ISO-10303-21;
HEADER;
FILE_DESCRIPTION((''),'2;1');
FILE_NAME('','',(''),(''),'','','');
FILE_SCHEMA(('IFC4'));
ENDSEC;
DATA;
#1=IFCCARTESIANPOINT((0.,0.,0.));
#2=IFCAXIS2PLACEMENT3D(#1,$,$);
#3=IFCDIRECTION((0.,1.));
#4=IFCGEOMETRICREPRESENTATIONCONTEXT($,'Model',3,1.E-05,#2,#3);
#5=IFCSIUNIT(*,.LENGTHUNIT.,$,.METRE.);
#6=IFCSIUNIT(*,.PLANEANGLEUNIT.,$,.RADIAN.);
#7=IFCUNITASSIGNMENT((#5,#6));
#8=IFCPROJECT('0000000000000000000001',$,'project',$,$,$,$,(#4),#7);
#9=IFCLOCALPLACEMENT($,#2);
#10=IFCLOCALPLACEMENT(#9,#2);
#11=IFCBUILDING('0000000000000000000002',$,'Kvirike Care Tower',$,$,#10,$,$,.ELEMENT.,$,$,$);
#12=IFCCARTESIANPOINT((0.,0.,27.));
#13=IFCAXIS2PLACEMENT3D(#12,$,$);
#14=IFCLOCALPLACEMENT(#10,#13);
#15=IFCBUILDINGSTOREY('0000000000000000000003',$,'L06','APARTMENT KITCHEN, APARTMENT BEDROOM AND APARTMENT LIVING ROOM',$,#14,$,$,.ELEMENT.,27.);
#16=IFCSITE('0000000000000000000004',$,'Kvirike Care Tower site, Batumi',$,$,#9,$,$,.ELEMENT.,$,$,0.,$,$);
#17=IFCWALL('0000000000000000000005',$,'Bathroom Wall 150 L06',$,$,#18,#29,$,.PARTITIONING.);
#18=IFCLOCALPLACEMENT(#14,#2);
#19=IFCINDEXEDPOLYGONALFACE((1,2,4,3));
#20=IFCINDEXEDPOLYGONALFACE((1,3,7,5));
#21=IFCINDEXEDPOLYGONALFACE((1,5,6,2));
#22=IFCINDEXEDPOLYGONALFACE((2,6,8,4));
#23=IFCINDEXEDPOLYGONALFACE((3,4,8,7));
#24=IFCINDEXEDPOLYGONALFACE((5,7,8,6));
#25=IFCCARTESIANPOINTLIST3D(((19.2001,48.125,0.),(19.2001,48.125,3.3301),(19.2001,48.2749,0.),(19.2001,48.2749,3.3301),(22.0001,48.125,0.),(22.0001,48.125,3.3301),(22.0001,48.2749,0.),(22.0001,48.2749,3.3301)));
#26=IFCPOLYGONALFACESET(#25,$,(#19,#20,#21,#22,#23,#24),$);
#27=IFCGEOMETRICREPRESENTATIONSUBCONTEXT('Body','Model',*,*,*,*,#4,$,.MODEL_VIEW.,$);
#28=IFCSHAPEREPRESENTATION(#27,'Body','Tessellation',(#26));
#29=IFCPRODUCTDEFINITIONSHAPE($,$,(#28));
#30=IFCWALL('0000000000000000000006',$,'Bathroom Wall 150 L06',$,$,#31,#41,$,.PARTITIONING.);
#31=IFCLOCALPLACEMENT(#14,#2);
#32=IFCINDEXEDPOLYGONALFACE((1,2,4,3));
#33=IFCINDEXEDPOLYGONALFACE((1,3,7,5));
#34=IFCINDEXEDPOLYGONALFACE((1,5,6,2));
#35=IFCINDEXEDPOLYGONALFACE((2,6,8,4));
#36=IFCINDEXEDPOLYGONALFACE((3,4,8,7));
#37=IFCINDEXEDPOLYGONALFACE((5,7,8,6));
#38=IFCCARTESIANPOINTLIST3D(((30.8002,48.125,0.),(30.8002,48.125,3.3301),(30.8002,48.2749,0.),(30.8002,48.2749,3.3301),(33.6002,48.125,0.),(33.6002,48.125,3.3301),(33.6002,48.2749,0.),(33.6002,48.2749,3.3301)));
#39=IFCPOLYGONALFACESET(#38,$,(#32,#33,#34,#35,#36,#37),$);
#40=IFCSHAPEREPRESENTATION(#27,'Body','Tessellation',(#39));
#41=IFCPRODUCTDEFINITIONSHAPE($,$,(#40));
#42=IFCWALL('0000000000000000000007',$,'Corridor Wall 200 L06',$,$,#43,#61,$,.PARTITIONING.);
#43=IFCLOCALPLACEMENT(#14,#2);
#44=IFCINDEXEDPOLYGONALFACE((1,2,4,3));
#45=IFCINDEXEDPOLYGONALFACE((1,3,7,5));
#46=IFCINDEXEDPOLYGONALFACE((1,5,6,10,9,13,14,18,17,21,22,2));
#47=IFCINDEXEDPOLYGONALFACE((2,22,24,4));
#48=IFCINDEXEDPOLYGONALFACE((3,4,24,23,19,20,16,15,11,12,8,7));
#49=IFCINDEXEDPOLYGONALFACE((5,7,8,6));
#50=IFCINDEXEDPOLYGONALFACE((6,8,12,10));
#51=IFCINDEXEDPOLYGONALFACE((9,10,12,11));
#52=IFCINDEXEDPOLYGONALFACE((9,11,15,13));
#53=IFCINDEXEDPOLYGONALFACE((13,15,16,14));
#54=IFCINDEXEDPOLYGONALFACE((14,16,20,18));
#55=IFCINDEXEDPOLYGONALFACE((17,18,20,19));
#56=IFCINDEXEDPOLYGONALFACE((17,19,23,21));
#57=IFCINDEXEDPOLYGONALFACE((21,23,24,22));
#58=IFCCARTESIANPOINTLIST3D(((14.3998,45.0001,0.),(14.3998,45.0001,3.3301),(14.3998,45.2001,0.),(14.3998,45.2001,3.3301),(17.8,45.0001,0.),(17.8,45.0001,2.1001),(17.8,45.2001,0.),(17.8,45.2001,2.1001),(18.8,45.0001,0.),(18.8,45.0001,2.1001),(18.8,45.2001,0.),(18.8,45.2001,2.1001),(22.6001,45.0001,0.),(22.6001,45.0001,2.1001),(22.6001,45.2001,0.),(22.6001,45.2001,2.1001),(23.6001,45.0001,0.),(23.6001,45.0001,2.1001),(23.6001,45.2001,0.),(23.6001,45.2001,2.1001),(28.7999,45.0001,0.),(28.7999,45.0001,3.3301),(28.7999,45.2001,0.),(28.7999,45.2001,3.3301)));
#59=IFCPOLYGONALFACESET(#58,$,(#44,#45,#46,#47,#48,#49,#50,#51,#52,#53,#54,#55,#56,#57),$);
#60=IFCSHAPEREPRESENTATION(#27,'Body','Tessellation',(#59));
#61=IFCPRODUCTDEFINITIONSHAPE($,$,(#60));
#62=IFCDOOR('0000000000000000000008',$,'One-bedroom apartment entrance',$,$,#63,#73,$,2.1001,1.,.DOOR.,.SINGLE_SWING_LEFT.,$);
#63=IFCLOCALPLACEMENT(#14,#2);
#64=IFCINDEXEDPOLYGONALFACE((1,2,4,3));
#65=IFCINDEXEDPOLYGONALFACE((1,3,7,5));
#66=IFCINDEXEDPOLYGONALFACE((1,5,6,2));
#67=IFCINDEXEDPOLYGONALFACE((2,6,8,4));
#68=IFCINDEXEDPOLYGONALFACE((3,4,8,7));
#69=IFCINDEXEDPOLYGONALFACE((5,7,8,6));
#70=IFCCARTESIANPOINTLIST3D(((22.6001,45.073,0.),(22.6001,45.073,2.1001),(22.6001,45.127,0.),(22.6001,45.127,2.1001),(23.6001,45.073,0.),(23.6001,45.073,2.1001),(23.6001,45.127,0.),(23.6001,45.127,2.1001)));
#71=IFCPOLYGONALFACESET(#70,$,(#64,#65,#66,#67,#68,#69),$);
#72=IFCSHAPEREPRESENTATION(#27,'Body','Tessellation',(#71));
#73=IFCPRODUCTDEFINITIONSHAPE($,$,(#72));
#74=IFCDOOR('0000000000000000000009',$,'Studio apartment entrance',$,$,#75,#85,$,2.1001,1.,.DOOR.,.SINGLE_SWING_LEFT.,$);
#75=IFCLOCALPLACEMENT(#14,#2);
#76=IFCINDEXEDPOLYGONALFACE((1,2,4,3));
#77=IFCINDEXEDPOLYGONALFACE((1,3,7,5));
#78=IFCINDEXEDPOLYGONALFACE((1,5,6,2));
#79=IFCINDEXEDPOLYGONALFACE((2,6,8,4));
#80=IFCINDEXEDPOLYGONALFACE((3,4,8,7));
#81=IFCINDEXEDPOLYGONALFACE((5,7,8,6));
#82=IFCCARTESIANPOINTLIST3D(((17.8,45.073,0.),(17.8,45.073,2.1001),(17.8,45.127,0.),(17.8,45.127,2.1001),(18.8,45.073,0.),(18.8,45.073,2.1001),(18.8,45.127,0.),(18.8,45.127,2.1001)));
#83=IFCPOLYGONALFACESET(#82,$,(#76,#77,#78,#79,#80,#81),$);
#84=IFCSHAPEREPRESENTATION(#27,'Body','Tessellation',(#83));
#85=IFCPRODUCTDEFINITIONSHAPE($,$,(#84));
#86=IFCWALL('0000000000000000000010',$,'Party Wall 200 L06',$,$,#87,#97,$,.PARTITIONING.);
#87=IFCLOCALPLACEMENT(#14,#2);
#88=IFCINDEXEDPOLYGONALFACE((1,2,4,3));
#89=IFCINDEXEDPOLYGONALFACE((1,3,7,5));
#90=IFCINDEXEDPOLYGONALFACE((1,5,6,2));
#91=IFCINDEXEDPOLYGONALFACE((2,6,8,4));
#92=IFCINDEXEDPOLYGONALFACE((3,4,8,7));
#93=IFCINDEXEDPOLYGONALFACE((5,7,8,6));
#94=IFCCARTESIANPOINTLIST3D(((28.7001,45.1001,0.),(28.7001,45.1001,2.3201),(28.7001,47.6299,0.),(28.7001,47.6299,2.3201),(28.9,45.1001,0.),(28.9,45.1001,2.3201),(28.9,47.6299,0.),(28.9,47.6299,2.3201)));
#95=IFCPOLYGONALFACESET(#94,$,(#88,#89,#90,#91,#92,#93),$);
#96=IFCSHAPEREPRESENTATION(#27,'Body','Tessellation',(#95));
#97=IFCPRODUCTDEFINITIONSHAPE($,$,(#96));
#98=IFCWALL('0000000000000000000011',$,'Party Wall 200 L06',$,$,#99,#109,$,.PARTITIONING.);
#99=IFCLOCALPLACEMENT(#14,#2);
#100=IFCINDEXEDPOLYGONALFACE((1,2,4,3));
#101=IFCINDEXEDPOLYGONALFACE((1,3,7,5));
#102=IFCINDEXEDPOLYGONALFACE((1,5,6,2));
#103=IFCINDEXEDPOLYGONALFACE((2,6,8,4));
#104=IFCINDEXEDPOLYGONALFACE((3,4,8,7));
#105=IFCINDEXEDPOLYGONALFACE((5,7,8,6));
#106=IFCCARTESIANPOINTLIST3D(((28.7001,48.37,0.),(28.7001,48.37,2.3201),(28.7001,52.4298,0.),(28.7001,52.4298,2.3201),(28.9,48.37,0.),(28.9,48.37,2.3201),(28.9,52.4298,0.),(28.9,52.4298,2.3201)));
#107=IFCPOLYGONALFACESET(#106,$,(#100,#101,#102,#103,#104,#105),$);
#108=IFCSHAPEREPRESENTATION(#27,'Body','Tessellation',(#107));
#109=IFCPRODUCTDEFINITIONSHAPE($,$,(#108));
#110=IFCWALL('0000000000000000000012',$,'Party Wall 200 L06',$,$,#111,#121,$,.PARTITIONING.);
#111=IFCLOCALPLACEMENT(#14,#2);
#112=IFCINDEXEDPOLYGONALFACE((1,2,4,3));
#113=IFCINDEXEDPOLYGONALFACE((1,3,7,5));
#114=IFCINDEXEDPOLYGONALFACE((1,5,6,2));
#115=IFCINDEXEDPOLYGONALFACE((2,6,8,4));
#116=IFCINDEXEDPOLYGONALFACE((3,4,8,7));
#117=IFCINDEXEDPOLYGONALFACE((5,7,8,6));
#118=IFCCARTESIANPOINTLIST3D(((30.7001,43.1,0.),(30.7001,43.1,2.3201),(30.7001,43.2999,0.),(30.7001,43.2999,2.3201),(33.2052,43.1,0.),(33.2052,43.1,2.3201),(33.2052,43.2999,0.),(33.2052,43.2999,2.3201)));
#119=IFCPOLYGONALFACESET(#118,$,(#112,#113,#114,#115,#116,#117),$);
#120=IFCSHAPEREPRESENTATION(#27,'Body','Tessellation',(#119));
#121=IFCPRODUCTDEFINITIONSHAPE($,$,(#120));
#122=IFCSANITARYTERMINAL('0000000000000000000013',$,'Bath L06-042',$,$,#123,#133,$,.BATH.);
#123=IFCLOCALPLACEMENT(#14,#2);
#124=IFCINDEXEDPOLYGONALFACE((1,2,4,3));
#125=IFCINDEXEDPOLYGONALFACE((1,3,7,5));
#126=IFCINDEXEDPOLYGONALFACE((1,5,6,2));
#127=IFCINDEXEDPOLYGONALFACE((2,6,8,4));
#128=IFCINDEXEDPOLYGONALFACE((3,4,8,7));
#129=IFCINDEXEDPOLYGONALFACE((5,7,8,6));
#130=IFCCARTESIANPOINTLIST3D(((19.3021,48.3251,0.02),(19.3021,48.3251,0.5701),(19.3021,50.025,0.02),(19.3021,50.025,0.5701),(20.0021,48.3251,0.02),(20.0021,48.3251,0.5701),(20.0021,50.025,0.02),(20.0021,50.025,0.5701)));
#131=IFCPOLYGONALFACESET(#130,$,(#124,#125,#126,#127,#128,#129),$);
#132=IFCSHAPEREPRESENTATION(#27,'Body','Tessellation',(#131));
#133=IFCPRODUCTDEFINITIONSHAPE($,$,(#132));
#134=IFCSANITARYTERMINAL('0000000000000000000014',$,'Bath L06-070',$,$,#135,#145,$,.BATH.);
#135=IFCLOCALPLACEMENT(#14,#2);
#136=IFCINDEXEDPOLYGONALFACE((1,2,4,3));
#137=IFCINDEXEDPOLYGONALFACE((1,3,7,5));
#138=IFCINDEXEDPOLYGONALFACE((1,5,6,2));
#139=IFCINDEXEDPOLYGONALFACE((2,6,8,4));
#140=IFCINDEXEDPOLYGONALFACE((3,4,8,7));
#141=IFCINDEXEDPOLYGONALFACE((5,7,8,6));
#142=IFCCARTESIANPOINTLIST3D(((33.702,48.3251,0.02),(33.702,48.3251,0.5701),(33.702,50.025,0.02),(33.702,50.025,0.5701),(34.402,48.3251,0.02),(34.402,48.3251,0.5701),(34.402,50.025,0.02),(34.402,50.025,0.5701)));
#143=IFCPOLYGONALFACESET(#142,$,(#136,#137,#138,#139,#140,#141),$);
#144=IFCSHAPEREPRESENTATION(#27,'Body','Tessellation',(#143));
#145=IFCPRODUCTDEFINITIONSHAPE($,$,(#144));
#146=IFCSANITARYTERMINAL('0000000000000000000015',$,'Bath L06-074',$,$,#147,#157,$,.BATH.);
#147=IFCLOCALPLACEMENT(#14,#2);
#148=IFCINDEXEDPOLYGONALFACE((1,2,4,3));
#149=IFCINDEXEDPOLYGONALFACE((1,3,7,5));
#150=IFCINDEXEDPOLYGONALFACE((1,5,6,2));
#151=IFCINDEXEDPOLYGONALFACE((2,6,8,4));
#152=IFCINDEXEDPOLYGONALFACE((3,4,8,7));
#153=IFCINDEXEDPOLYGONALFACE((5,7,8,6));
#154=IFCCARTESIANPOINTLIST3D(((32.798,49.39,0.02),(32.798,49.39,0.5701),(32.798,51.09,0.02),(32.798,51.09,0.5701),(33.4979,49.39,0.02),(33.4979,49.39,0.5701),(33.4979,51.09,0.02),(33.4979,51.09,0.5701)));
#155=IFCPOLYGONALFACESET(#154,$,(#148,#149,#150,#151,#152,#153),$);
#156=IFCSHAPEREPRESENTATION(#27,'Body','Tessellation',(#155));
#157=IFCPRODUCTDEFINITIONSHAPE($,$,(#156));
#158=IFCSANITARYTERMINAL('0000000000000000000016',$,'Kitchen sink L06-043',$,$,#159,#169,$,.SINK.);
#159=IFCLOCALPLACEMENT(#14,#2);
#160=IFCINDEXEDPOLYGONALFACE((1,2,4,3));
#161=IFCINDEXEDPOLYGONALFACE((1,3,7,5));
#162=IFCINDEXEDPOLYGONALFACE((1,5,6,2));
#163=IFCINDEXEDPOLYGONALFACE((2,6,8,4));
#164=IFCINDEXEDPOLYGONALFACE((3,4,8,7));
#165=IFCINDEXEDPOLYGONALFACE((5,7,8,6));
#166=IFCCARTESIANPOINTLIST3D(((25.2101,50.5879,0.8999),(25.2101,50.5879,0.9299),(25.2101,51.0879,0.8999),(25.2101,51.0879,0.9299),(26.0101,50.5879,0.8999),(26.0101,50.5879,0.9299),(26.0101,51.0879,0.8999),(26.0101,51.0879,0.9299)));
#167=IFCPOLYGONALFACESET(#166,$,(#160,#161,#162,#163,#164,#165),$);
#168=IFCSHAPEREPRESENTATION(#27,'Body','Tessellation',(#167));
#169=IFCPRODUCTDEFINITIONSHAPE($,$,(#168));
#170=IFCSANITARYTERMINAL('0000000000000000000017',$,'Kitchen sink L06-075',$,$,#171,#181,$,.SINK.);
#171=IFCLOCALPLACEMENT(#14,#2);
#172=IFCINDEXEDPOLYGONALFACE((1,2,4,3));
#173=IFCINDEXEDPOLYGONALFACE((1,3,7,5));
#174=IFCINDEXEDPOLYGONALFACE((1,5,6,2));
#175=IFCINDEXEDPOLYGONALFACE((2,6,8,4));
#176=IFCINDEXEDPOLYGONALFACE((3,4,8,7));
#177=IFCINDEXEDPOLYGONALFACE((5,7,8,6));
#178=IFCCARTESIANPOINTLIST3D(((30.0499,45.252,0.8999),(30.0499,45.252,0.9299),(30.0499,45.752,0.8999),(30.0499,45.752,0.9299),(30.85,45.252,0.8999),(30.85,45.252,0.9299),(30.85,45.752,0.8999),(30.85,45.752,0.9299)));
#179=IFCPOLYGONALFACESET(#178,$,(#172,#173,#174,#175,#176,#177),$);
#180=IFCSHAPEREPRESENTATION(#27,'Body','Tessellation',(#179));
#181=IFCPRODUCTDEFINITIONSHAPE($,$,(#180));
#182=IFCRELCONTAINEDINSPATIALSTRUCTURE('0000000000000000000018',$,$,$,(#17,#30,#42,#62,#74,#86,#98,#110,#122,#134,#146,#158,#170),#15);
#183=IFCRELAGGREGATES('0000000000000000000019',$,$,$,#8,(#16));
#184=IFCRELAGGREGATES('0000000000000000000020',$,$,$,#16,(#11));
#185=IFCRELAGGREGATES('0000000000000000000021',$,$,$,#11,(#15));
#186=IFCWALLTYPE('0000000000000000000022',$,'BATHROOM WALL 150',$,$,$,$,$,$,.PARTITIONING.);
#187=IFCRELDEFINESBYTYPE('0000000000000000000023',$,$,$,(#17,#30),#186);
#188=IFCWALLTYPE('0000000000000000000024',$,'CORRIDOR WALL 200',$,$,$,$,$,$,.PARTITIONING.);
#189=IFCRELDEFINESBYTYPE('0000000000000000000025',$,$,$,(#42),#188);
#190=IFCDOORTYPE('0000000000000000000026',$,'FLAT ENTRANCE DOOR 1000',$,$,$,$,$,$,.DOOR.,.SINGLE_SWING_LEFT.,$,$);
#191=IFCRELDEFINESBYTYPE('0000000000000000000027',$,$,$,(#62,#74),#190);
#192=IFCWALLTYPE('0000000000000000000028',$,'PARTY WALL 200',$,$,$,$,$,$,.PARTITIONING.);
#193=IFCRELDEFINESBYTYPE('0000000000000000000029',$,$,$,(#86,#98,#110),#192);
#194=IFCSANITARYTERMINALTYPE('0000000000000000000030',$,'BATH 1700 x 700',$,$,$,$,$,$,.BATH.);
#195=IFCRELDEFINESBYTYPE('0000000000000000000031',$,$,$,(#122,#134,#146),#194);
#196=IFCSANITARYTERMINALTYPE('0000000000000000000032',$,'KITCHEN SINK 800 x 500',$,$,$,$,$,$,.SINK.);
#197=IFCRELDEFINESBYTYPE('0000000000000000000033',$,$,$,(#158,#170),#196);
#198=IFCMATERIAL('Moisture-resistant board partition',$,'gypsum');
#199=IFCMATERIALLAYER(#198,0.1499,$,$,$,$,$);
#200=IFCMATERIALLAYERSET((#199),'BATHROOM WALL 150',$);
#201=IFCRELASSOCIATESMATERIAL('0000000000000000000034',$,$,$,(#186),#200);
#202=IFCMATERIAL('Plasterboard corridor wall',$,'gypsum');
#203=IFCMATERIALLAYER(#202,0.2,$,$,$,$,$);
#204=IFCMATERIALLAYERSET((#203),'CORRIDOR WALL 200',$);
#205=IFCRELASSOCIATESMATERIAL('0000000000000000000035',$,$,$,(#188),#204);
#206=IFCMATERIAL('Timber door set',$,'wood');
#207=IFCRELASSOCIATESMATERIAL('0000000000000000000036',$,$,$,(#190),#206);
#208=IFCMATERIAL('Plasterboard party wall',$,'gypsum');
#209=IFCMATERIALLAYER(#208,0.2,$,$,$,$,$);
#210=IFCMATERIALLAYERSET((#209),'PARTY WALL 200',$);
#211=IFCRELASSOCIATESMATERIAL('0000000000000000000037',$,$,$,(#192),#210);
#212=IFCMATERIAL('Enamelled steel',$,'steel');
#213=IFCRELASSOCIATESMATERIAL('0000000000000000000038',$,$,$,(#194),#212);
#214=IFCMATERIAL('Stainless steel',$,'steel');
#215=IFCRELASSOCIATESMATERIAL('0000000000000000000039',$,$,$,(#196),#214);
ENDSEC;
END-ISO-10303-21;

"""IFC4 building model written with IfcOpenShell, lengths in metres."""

from ifc_helpers import new_model, si_unit, direction, frame, frame_2d, origin, origin_2d, place, context, subcontext, project, spatial, rectangle, extrude, material, layer, layer_set, type_object, element, fill, save


model = new_model("IFC4")

# Units and contexts
model_context = context("Model", 3, precision=1e-05, world=origin(), true_north=direction((0.0, 1.0)))
body_context = subcontext(model_context, "Body", "Model", "MODEL_VIEW")
ifc_project = project(units=[si_unit("LENGTHUNIT", "METRE"), si_unit("PLANEANGLEUNIT", "RADIAN")], contexts=[model_context])

# Site, building, storey
site_placement = place(None, origin())
site = spatial("IfcSite", under=ifc_project, at=site_placement, Name="Kvirike Care Tower site, Batumi", CompositionType="ELEMENT", RefElevation=0.0)
building_placement = place(site_placement, origin())
building = spatial("IfcBuilding", under=site, at=building_placement, Name="Kvirike Care Tower", CompositionType="ELEMENT")
storey_placement = place(building_placement, frame((0.0, 0.0, 27.0)))
storey = spatial("IfcBuildingStorey", under=building, at=storey_placement, Name="L06", Description="APARTMENT KITCHEN, APARTMENT BEDROOM AND APARTMENT LIVING ROOM", CompositionType="ELEMENT", Elevation=27.0)

# Walls
ifc_material_1 = material(Name="Moisture-resistant board partition", Category="gypsum")
ifc_layer_1 = layer(ifc_material_1, 0.1499)
ifc_layer_set_1 = layer_set([ifc_layer_1], Name="BATHROOM WALL 150")
wall_type_1 = type_object("IfcWallType", Name="BATHROOM WALL 150", PredefinedType="PARTITIONING", material=ifc_layer_set_1)
for number, where, z_axis, x_axis, name in (
    (1, (22.0, 48.2, 0.0), (0.0, 0.0, 1.0), (-1.0, 0.0, 0.0), "Bathroom Wall 150 L06"),
    (2, (33.6001, 48.2, 0.0), (0.0, 0.0, 1.0), (-1.0, 0.0, 0.0), "Bathroom Wall 150 L06"),
):
    element("IfcWall", number, at=place(storey_placement, frame(where, z_axis=z_axis, x_axis=x_axis)), inside=storey, type_object=wall_type_1, Name=name, PredefinedType="PARTITIONING", context=body_context, shape_type="SweptSolid", body=[
        extrude(rectangle(XDim=2.8, YDim=0.1499, at=frame_2d((1.3999, 0.0))), origin(), (0.0, 0.0, 1.0), 3.3301),
    ])

# Wall, openings, doors
ifc_material_2 = material(Name="Plasterboard corridor wall", Category="gypsum")
ifc_layer_2 = layer(ifc_material_2, 0.2)
ifc_layer_set_2 = layer_set([ifc_layer_2], Name="CORRIDOR WALL 200")
wall_type_2 = type_object("IfcWallType", Name="CORRIDOR WALL 200", PredefinedType="PARTITIONING", material=ifc_layer_set_2)
wall_1_placement = place(storey_placement, frame((28.8, 45.1001, 0.0), z_axis=(0.0, 0.0, 1.0), x_axis=(-1.0, 0.0, 0.0)))
wall_1 = element("IfcWall", 3, at=wall_1_placement, inside=storey, type_object=wall_type_2, Name="Corridor Wall 200 L06", PredefinedType="PARTITIONING", context=body_context, shape_type="SweptSolid", body=[
    extrude(rectangle(XDim=14.4001, YDim=0.2, at=frame_2d((7.2002, 0.0))), origin(), (0.0, 0.0, 1.0), 3.3301),
])
opening_1_placement = place(wall_1_placement, frame((5.2, 0.0, 0.0)))
opening_1 = element("IfcOpeningElement", 4, at=opening_1_placement, cuts=wall_1, PredefinedType="OPENING", context=body_context, shape_type="SweptSolid", body=[
    extrude(rectangle(XDim=1.0, YDim=2.1001, at=frame_2d((0.5, 1.05))), frame((0.0, 0.1106, 0.0), z_axis=(0.0, -1.0, 0.0), x_axis=(1.0, 0.0, 0.0)), (0.0, 0.0, 1.0), 0.2209),
])
opening_2_placement = place(wall_1_placement, frame((10.0, 0.0, 0.0)))
opening_2 = element("IfcOpeningElement", 5, at=opening_2_placement, cuts=wall_1, PredefinedType="OPENING", context=body_context, shape_type="SweptSolid", body=[
    extrude(rectangle(XDim=1.0, YDim=2.1001, at=frame_2d((0.5, 1.05))), frame((0.0, 0.1106, 0.0), z_axis=(0.0, -1.0, 0.0), x_axis=(1.0, 0.0, 0.0)), (0.0, 0.0, 1.0), 0.2209),
])
ifc_material_3 = material(Name="Timber door set", Category="wood")
door_type = type_object("IfcDoorType", Name="FLAT ENTRANCE DOOR 1000", OperationType="SINGLE_SWING_LEFT", PredefinedType="DOOR", material=ifc_material_3)
door_1_placement = place(opening_1_placement, frame((1.0, 0.0, 0.0), z_axis=(0.0, 0.0, 1.0), x_axis=(-1.0, 0.0, 0.0)))
door_1 = element("IfcDoor", 6, at=door_1_placement, inside=storey, type_object=door_type, Name="One-bedroom apartment entrance", OperationType="SINGLE_SWING_LEFT", OverallHeight=2.1001, OverallWidth=1.0, PredefinedType="DOOR", context=body_context, shape_type="SweptSolid", body=[
    extrude(rectangle(XDim=1.0, YDim=2.1001, at=frame_2d((0.5, 1.05))), frame((0.0, 0.0269, 0.0), z_axis=(0.0, -1.0, 0.0), x_axis=(1.0, 0.0, 0.0)), (0.0, 0.0, 1.0), 0.054),
])
fill(opening_1, door_1)
door_2_placement = place(opening_2_placement, frame((1.0, 0.0, 0.0), z_axis=(0.0, 0.0, 1.0), x_axis=(-1.0, 0.0, 0.0)))
door_2 = element("IfcDoor", 7, at=door_2_placement, inside=storey, type_object=door_type, Name="Studio apartment entrance", OperationType="SINGLE_SWING_LEFT", OverallHeight=2.1001, OverallWidth=1.0, PredefinedType="DOOR", context=body_context, shape_type="SweptSolid", body=[
    extrude(rectangle(XDim=1.0, YDim=2.1001, at=frame_2d((0.5, 1.05))), frame((0.0, 0.0269, 0.0), z_axis=(0.0, -1.0, 0.0), x_axis=(1.0, 0.0, 0.0)), (0.0, 0.0, 1.0), 0.054),
])
fill(opening_2, door_2)

# Walls
ifc_material_4 = material(Name="Plasterboard party wall", Category="gypsum")
ifc_layer_3 = layer(ifc_material_4, 0.2)
ifc_layer_set_3 = layer_set([ifc_layer_3], Name="PARTY WALL 200")
wall_type_3 = type_object("IfcWallType", Name="PARTY WALL 200", PredefinedType="PARTITIONING", material=ifc_layer_set_3)
wall_2_placement = place(storey_placement, frame((28.8, 45.1001, 0.0), z_axis=(0.0, 0.0, 1.0), x_axis=(0.0, 1.0, 0.0)))
element("IfcWall", 8, at=wall_2_placement, inside=storey, type_object=wall_type_3, Name="Party Wall 200 L06", PredefinedType="PARTITIONING", context=body_context, shape_type="SweptSolid", body=[
    extrude(rectangle(XDim=2.5298, YDim=0.2, at=frame_2d((1.2649, 0.0))), origin(), (0.0, 0.0, 1.0), 2.3201),
])
wall_3_placement = place(storey_placement, frame((28.8, 48.3701, 0.0), z_axis=(0.0, 0.0, 1.0), x_axis=(0.0, 1.0, 0.0)))
element("IfcWall", 9, at=wall_3_placement, inside=storey, type_object=wall_type_3, Name="Party Wall 200 L06", PredefinedType="PARTITIONING", context=body_context, shape_type="SweptSolid", body=[
    extrude(rectangle(XDim=4.0598, YDim=0.2, at=frame_2d((2.0298, 0.0))), origin(), (0.0, 0.0, 1.0), 2.3201),
])
wall_4_placement = place(storey_placement, frame((33.2051, 43.2, 0.0), z_axis=(0.0, 0.0, 1.0), x_axis=(-1.0, 0.0, 0.0)))
element("IfcWall", 10, at=wall_4_placement, inside=storey, type_object=wall_type_3, Name="Party Wall 200 L06", PredefinedType="PARTITIONING", context=body_context, shape_type="SweptSolid", body=[
    extrude(rectangle(XDim=2.5051, YDim=0.2, at=frame_2d((1.2524, 0.0))), origin(), (0.0, 0.0, 1.0), 2.3201),
])

# Sanitary terminals
ifc_material_5 = material(Name="Enamelled steel", Category="steel")
sanitary_terminal_type_1 = type_object("IfcSanitaryTerminalType", Name="BATH 1700 x 700", PredefinedType="BATH", material=ifc_material_5)
for number, where, z_axis, x_axis, name in (
    (11, (19.6521, 49.175, 0.02), (0.0, 0.0, 1.0), (0.0, 1.0, 0.0), "Bath L06-042"),
    (12, (34.052, 49.175, 0.02), (0.0, 0.0, 1.0), (0.0, 1.0, 0.0), "Bath L06-070"),
    (13, (33.1479, 50.24, 0.02), (0.0, 0.0, 1.0), (0.0, -1.0, 0.0), "Bath L06-074"),
):
    element("IfcSanitaryTerminal", number, at=place(storey_placement, frame(where, z_axis=z_axis, x_axis=x_axis)), inside=storey, type_object=sanitary_terminal_type_1, Name=name, PredefinedType="BATH", context=body_context, shape_type="SweptSolid", body=[
        extrude(rectangle(XDim=1.7, YDim=0.7, at=origin_2d()), origin(), (0.0, 0.0, 1.0), 0.55),
    ])
ifc_material_6 = material(Name="Stainless steel", Category="steel")
sanitary_terminal_type_2 = type_object("IfcSanitaryTerminalType", Name="KITCHEN SINK 800 x 500", PredefinedType="SINK", material=ifc_material_6)
for number, where, z_axis, x_axis, name in (
    (14, (25.6101, 50.8379, 0.8999), (0.0, 0.0, 1.0), (1.0, 0.0, 0.0), "Kitchen sink L06-043"),
    (15, (30.45, 45.502, 0.8999), (0.0, 0.0, 1.0), (-1.0, 0.0, 0.0), "Kitchen sink L06-075"),
):
    element("IfcSanitaryTerminal", number, at=place(storey_placement, frame(where, z_axis=z_axis, x_axis=x_axis)), inside=storey, type_object=sanitary_terminal_type_2, Name=name, PredefinedType="SINK", context=body_context, shape_type="SweptSolid", body=[
        extrude(rectangle(XDim=0.8, YDim=0.5, at=origin_2d()), origin(), (0.0, 0.0, 1.0), 0.03),
    ])

save(model, "model.ifc")
